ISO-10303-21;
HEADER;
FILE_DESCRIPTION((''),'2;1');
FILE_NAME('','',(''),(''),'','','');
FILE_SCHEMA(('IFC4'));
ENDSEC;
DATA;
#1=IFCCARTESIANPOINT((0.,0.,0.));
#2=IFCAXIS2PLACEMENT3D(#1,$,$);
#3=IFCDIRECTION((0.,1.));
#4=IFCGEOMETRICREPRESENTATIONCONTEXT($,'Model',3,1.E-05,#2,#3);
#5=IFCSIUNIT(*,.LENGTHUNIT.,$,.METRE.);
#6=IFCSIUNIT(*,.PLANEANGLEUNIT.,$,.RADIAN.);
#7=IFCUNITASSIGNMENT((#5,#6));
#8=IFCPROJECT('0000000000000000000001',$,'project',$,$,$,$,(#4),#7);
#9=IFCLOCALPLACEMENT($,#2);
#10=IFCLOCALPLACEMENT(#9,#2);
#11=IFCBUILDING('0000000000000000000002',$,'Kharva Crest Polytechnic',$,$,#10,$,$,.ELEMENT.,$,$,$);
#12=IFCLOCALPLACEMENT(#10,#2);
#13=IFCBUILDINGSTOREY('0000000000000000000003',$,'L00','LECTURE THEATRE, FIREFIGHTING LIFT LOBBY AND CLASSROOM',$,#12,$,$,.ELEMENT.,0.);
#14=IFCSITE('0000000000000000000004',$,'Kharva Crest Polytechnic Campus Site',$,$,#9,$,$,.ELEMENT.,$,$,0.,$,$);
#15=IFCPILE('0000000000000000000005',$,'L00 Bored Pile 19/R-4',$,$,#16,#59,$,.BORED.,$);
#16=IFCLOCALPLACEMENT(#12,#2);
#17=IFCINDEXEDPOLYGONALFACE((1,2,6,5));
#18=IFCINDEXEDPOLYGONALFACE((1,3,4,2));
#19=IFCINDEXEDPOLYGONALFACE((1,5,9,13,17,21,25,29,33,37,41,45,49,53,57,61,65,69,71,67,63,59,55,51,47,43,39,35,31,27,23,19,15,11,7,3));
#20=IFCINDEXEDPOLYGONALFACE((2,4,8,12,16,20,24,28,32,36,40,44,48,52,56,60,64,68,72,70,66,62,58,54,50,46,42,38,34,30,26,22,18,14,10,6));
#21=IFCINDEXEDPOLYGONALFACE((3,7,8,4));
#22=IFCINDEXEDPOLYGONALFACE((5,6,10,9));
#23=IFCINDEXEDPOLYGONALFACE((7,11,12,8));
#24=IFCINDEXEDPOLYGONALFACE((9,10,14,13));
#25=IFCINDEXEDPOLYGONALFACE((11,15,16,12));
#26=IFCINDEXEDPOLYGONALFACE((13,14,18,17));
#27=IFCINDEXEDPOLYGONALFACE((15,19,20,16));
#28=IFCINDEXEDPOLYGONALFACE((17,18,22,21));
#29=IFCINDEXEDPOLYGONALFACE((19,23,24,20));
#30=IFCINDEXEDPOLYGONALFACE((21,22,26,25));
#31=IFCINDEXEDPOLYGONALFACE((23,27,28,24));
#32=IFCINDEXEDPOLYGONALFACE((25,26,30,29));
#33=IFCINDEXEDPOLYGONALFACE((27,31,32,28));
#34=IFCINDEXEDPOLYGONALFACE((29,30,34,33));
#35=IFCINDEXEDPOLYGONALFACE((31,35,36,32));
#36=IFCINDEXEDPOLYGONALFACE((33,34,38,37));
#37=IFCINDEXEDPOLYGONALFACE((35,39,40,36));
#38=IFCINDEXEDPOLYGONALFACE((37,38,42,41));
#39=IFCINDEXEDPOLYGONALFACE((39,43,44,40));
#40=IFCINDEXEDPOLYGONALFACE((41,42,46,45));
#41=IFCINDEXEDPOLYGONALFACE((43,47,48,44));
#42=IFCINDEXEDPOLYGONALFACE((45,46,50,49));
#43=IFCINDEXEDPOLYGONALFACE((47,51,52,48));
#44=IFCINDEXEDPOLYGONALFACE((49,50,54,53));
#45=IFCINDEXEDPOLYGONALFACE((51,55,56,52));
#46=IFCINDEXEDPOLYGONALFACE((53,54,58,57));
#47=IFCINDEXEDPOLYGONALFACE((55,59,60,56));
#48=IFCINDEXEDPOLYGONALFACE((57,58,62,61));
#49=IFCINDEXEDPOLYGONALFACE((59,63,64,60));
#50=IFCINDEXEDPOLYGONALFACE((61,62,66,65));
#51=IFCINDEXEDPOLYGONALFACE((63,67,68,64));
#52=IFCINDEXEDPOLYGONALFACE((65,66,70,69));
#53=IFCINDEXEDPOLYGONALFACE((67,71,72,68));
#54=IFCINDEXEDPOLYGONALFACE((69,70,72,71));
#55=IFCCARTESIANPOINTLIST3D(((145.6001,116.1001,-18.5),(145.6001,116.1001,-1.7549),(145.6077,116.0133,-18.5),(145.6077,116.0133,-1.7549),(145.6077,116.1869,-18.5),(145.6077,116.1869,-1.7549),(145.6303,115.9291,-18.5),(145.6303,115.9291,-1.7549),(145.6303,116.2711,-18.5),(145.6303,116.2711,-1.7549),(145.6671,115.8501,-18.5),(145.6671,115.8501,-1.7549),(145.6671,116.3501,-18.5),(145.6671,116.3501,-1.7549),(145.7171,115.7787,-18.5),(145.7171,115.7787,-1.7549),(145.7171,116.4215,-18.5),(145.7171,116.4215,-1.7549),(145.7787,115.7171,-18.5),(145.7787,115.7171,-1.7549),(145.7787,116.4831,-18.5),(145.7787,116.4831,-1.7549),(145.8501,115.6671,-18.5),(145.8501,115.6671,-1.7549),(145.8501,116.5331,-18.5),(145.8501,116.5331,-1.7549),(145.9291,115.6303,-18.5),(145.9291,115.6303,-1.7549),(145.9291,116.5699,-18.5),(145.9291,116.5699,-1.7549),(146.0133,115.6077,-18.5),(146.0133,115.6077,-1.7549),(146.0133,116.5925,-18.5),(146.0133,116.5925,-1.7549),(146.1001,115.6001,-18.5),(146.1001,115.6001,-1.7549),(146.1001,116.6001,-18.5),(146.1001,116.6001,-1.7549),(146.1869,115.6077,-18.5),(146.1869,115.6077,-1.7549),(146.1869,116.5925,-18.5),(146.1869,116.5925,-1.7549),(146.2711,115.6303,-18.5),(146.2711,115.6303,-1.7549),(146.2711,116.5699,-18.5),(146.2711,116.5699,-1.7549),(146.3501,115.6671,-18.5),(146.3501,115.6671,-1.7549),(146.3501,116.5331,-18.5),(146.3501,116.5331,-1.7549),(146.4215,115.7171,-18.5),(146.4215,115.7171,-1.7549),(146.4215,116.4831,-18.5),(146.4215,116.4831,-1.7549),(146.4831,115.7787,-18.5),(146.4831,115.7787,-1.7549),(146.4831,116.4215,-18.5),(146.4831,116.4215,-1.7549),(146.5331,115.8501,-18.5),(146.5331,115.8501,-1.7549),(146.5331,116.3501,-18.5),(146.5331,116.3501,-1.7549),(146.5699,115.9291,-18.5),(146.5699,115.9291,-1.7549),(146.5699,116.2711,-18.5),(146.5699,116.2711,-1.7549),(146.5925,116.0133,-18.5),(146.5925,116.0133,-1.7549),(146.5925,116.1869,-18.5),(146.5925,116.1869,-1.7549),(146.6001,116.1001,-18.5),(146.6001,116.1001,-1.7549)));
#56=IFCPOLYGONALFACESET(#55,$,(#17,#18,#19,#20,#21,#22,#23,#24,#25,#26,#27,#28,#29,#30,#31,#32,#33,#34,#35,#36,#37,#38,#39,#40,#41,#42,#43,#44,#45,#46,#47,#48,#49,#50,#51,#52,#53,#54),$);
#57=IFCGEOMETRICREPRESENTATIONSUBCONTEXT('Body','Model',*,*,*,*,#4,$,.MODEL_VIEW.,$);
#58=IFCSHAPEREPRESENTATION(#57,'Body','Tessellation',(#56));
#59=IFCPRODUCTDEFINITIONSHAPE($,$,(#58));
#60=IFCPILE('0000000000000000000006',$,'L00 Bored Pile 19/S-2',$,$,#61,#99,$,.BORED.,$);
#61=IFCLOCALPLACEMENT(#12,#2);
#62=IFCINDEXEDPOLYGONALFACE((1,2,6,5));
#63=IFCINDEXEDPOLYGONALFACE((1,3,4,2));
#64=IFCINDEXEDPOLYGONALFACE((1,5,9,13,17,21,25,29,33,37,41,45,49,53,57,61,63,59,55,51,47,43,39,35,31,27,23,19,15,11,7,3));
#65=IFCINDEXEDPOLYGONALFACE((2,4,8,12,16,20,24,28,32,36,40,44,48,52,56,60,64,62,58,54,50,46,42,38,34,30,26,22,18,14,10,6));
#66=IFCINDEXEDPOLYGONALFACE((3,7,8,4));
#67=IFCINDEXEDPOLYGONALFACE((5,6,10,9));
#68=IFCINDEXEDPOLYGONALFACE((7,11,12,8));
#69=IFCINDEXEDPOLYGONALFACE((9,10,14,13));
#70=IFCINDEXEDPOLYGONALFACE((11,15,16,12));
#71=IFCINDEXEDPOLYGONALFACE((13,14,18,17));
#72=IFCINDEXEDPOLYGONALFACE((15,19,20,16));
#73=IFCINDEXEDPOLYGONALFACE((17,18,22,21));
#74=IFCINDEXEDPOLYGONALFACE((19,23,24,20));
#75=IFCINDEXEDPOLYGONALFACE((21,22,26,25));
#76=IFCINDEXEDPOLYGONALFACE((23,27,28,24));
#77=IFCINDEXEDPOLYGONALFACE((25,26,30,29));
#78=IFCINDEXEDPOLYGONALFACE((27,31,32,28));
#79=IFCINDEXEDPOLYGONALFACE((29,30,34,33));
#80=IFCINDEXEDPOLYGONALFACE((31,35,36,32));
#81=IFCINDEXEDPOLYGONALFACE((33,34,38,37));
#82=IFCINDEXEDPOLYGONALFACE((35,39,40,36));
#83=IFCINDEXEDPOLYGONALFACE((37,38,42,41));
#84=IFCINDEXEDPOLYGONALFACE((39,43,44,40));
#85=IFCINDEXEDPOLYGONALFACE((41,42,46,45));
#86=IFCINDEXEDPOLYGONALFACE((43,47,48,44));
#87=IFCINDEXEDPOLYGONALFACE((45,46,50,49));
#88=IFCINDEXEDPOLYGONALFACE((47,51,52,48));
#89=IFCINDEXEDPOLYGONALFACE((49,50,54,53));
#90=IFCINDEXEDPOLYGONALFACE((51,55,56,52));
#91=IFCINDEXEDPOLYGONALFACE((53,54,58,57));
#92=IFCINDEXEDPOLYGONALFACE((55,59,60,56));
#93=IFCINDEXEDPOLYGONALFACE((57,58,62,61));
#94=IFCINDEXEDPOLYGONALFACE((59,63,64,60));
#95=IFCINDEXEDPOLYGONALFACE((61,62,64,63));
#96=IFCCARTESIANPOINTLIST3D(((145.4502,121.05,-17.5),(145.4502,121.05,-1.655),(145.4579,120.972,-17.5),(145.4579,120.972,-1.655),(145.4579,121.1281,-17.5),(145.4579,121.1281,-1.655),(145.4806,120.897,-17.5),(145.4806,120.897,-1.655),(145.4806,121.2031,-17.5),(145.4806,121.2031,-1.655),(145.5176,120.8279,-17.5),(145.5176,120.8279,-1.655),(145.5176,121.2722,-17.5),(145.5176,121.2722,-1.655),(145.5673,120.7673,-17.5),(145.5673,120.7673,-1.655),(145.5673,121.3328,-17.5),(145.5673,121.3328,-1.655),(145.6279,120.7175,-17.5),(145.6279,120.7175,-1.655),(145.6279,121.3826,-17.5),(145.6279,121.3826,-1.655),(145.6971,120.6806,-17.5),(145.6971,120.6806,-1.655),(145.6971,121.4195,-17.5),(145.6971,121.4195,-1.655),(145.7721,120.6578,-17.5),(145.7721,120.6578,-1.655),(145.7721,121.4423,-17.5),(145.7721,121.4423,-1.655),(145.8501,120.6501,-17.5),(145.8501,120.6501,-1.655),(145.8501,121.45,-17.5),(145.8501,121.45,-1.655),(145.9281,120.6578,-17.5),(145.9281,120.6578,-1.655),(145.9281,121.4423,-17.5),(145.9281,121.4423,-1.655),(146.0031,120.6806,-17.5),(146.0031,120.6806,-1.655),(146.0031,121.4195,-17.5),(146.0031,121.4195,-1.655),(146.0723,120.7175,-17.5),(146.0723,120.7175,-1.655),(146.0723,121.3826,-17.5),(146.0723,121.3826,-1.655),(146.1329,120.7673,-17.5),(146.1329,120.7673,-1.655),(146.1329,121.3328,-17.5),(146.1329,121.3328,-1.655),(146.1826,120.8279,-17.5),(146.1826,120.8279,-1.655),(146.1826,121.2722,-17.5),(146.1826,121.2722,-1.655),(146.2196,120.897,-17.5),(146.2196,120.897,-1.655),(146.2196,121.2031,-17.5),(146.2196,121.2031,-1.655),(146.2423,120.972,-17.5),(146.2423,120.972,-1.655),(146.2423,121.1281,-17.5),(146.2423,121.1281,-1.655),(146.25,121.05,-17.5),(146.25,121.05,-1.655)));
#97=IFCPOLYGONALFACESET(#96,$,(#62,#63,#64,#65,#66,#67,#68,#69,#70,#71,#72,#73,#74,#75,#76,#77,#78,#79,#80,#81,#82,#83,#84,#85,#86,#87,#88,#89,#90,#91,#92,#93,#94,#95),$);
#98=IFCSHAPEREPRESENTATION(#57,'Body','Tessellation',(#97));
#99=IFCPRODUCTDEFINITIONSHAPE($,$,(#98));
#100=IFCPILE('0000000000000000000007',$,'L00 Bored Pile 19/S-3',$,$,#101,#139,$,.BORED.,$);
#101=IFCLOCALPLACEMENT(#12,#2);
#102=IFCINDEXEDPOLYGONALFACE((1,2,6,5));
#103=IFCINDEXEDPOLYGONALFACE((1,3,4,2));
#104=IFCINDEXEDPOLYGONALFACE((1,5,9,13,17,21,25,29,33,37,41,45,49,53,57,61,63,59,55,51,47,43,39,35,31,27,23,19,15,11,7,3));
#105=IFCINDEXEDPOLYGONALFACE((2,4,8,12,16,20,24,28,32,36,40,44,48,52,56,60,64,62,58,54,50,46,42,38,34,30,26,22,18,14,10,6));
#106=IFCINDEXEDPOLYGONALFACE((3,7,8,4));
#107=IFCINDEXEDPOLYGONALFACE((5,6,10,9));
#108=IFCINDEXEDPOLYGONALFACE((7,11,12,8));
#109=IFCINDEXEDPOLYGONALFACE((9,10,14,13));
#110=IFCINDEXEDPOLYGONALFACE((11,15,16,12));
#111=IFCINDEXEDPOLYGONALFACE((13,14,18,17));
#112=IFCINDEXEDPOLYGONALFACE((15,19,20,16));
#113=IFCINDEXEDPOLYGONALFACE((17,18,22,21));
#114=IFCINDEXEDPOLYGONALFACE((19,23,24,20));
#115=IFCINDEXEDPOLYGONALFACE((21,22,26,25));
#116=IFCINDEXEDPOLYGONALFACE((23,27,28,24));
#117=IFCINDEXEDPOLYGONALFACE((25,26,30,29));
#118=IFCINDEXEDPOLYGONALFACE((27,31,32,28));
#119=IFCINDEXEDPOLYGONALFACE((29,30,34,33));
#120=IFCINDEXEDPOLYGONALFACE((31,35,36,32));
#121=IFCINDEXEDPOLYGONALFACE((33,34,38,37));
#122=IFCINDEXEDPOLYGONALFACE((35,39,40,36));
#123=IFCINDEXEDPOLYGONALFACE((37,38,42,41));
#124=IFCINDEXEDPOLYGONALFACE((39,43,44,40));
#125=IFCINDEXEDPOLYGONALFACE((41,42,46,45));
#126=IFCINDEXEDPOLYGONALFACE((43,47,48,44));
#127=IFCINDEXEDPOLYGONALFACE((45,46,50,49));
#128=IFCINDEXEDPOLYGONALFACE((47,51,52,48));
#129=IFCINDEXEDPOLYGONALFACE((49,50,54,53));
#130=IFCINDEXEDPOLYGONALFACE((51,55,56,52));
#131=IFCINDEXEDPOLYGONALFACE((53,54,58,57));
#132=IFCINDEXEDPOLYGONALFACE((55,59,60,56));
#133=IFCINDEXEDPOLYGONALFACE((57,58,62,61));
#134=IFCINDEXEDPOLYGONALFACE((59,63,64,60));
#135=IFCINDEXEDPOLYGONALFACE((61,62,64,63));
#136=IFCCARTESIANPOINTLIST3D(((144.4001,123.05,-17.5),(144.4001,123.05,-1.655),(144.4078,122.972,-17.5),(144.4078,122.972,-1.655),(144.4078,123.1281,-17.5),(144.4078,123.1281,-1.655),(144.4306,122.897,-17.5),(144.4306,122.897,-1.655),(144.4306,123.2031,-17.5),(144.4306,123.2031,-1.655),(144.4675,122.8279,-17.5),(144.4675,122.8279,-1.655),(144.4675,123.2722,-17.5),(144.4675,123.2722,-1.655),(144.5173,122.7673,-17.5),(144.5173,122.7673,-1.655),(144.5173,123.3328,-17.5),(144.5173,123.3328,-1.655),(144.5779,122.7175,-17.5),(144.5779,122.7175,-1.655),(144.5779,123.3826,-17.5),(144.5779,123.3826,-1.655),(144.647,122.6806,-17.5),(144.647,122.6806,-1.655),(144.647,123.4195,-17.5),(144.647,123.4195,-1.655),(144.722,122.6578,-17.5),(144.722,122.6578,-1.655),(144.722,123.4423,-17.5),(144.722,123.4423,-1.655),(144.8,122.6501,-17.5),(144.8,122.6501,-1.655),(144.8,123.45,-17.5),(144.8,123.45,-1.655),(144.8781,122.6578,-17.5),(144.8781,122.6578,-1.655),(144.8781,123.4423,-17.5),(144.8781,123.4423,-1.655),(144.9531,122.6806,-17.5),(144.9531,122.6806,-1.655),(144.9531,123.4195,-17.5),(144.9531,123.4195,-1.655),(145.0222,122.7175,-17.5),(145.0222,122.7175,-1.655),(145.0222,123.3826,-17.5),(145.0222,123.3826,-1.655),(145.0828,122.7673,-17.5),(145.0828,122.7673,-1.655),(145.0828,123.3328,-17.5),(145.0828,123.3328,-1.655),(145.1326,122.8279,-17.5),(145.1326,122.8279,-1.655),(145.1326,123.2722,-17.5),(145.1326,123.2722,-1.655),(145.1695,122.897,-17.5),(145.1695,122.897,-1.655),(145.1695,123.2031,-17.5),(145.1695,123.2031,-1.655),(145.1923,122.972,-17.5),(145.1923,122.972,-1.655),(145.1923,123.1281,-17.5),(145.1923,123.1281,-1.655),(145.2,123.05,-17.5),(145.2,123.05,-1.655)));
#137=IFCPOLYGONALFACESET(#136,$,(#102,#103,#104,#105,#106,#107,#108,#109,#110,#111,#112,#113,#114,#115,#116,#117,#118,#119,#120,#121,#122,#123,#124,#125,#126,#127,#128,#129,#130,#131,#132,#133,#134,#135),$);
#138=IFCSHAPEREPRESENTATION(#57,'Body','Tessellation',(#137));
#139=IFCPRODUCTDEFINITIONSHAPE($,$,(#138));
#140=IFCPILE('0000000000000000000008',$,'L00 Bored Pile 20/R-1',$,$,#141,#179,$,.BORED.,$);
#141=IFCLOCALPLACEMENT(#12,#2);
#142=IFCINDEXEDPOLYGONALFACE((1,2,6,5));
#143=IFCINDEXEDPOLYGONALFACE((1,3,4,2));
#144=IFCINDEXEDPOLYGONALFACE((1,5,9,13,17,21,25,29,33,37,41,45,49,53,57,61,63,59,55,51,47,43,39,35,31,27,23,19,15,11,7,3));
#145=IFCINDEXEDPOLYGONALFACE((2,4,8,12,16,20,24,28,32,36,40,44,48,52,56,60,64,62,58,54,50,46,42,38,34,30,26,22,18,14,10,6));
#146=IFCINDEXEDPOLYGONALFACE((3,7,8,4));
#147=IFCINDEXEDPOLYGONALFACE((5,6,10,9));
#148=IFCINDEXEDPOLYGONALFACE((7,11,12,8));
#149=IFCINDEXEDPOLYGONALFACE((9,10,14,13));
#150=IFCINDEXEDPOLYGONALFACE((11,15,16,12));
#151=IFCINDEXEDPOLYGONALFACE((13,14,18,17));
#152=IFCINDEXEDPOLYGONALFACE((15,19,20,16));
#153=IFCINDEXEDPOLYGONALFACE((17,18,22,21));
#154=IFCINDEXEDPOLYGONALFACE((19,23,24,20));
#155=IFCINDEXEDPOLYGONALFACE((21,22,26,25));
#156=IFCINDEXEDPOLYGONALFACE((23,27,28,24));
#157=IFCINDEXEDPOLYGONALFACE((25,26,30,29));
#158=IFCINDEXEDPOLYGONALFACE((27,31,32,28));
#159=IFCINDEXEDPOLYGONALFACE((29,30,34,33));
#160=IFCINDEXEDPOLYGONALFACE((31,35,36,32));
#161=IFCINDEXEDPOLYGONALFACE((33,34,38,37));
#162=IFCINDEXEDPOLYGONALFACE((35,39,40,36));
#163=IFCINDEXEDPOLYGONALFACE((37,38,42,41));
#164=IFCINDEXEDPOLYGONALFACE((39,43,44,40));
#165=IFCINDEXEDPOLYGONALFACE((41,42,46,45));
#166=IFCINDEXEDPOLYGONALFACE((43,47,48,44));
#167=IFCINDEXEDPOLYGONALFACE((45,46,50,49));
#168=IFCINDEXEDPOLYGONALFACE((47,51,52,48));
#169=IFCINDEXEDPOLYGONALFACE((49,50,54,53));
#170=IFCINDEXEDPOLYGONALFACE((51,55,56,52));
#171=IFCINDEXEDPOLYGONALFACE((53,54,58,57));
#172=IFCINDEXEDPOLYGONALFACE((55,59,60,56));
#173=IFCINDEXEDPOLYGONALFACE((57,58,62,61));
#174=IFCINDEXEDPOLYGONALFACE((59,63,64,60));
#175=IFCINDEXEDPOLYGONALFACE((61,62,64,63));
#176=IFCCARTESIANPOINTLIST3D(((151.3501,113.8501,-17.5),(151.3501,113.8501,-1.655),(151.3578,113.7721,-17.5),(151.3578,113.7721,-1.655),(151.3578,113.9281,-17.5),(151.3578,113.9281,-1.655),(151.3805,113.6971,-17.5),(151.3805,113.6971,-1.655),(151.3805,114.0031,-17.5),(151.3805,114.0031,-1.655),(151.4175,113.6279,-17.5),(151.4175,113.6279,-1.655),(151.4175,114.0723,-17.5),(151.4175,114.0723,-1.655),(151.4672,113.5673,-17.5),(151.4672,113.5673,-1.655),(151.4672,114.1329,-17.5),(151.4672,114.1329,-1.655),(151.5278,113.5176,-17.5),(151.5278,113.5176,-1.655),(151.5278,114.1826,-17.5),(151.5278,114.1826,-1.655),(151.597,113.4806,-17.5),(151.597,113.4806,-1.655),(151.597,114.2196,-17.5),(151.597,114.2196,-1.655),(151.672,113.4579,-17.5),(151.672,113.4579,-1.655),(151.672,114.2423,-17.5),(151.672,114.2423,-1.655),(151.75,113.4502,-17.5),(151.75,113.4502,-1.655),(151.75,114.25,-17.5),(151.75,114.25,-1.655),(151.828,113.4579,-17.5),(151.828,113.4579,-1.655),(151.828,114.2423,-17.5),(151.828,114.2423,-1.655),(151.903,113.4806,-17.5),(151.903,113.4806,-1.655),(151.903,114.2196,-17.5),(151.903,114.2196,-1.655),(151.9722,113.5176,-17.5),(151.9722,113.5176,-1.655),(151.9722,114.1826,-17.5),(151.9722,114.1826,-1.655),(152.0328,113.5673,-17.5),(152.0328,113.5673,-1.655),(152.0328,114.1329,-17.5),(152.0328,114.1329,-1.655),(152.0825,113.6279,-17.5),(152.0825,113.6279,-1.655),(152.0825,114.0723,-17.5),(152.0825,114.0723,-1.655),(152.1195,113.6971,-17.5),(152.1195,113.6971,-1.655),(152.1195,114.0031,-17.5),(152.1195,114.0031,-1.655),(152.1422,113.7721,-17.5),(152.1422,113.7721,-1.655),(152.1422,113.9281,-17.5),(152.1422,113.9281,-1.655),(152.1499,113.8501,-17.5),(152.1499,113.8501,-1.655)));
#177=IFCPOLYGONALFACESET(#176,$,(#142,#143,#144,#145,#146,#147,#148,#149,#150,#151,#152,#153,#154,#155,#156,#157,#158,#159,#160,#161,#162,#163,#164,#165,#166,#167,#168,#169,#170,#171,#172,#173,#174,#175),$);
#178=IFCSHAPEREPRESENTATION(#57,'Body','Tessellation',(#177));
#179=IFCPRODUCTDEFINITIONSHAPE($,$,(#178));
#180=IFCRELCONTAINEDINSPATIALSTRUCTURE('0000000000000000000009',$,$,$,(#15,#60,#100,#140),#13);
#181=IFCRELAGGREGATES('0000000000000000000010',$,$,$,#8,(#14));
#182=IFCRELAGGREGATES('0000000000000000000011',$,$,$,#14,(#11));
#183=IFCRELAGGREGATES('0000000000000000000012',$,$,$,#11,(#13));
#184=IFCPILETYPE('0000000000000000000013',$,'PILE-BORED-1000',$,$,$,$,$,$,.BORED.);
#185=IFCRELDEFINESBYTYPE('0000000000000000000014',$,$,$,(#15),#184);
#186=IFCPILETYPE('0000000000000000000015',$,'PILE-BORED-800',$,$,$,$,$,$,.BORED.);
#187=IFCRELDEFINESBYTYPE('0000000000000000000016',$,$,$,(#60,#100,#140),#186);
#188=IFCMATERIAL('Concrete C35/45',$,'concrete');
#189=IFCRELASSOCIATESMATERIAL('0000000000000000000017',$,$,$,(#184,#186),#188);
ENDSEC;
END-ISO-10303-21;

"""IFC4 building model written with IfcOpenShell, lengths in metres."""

from ifc_helpers import new_model, si_unit, direction, frame, origin, origin_2d, place, context, subcontext, project, spatial, circle, extrude, material, material_profile, profile_set, type_object, element, save


model = new_model("IFC4")

# Units and contexts
model_context = context("Model", 3, precision=1e-05, world=origin(), true_north=direction((0.0, 1.0)))
body_context = subcontext(model_context, "Body", "Model", "MODEL_VIEW")
ifc_project = project(units=[si_unit("LENGTHUNIT", "METRE"), si_unit("PLANEANGLEUNIT", "RADIAN")], contexts=[model_context])

# Site, building, storey
site_placement = place(None, origin())
site = spatial("IfcSite", under=ifc_project, at=site_placement, Name="Kharva Crest Polytechnic Campus Site", CompositionType="ELEMENT", RefElevation=0.0)
building_placement = place(site_placement, origin())
building = spatial("IfcBuilding", under=site, at=building_placement, Name="Kharva Crest Polytechnic", CompositionType="ELEMENT")
storey_placement = place(building_placement, origin())
storey = spatial("IfcBuildingStorey", under=building, at=storey_placement, Name="L00", Description="LECTURE THEATRE, FIREFIGHTING LIFT LOBBY AND CLASSROOM", CompositionType="ELEMENT", Elevation=0.0)

# Shared definitions
ifc_material_1 = material(Name="Concrete C35/45", Category="concrete")

# Piles
ifc_material_profile_1 = material_profile(ifc_material_1, circle(Radius=0.5, at=origin_2d()), Name="DIA 1000")
ifc_profile_set_1 = profile_set([ifc_material_profile_1], Name="Concrete C35/45")
pile_type_1 = type_object("IfcPileType", Name="PILE-BORED-1000", PredefinedType="BORED", material=ifc_profile_set_1)
for number, where, z_axis, x_axis, name in (
    (1, (146.1001, 116.1001, -1.7549), (0.0, 0.0, -1.0), (1.0, 0.0, 0.0), "L00 Bored Pile 19/R-4"),
):
    element("IfcPile", number, at=place(storey_placement, frame(where, z_axis=z_axis, x_axis=x_axis)), inside=storey, type_object=pile_type_1, Name=name, PredefinedType="BORED", context=body_context, shape_type="SweptSolid", body=[
        extrude(circle(Radius=0.5, at=origin_2d()), origin(), (0.0, 0.0, 1.0), 16.7451),
    ])
ifc_material_profile_2 = material_profile(ifc_material_1, circle(Radius=0.3999, at=origin_2d()), Name="DIA 800")
ifc_profile_set_2 = profile_set([ifc_material_profile_2], Name="Concrete C35/45")
pile_type_2 = type_object("IfcPileType", Name="PILE-BORED-800", PredefinedType="BORED", material=ifc_profile_set_2)
for number, where, z_axis, x_axis, name in (
    (2, (145.8501, 121.05, -1.655), (0.0, 0.0, -1.0), (1.0, 0.0, 0.0), "L00 Bored Pile 19/S-2"),
    (3, (144.8, 123.05, -1.655), (0.0, 0.0, -1.0), (1.0, 0.0, 0.0), "L00 Bored Pile 19/S-3"),
    (4, (151.75, 113.8501, -1.655), (0.0, 0.0, -1.0), (1.0, 0.0, 0.0), "L00 Bored Pile 20/R-1"),
):
    element("IfcPile", number, at=place(storey_placement, frame(where, z_axis=z_axis, x_axis=x_axis)), inside=storey, type_object=pile_type_2, Name=name, PredefinedType="BORED", context=body_context, shape_type="SweptSolid", body=[
        extrude(circle(Radius=0.3999, at=origin_2d()), origin(), (0.0, 0.0, 1.0), 15.845),
    ])

save(model, "model.ifc")
